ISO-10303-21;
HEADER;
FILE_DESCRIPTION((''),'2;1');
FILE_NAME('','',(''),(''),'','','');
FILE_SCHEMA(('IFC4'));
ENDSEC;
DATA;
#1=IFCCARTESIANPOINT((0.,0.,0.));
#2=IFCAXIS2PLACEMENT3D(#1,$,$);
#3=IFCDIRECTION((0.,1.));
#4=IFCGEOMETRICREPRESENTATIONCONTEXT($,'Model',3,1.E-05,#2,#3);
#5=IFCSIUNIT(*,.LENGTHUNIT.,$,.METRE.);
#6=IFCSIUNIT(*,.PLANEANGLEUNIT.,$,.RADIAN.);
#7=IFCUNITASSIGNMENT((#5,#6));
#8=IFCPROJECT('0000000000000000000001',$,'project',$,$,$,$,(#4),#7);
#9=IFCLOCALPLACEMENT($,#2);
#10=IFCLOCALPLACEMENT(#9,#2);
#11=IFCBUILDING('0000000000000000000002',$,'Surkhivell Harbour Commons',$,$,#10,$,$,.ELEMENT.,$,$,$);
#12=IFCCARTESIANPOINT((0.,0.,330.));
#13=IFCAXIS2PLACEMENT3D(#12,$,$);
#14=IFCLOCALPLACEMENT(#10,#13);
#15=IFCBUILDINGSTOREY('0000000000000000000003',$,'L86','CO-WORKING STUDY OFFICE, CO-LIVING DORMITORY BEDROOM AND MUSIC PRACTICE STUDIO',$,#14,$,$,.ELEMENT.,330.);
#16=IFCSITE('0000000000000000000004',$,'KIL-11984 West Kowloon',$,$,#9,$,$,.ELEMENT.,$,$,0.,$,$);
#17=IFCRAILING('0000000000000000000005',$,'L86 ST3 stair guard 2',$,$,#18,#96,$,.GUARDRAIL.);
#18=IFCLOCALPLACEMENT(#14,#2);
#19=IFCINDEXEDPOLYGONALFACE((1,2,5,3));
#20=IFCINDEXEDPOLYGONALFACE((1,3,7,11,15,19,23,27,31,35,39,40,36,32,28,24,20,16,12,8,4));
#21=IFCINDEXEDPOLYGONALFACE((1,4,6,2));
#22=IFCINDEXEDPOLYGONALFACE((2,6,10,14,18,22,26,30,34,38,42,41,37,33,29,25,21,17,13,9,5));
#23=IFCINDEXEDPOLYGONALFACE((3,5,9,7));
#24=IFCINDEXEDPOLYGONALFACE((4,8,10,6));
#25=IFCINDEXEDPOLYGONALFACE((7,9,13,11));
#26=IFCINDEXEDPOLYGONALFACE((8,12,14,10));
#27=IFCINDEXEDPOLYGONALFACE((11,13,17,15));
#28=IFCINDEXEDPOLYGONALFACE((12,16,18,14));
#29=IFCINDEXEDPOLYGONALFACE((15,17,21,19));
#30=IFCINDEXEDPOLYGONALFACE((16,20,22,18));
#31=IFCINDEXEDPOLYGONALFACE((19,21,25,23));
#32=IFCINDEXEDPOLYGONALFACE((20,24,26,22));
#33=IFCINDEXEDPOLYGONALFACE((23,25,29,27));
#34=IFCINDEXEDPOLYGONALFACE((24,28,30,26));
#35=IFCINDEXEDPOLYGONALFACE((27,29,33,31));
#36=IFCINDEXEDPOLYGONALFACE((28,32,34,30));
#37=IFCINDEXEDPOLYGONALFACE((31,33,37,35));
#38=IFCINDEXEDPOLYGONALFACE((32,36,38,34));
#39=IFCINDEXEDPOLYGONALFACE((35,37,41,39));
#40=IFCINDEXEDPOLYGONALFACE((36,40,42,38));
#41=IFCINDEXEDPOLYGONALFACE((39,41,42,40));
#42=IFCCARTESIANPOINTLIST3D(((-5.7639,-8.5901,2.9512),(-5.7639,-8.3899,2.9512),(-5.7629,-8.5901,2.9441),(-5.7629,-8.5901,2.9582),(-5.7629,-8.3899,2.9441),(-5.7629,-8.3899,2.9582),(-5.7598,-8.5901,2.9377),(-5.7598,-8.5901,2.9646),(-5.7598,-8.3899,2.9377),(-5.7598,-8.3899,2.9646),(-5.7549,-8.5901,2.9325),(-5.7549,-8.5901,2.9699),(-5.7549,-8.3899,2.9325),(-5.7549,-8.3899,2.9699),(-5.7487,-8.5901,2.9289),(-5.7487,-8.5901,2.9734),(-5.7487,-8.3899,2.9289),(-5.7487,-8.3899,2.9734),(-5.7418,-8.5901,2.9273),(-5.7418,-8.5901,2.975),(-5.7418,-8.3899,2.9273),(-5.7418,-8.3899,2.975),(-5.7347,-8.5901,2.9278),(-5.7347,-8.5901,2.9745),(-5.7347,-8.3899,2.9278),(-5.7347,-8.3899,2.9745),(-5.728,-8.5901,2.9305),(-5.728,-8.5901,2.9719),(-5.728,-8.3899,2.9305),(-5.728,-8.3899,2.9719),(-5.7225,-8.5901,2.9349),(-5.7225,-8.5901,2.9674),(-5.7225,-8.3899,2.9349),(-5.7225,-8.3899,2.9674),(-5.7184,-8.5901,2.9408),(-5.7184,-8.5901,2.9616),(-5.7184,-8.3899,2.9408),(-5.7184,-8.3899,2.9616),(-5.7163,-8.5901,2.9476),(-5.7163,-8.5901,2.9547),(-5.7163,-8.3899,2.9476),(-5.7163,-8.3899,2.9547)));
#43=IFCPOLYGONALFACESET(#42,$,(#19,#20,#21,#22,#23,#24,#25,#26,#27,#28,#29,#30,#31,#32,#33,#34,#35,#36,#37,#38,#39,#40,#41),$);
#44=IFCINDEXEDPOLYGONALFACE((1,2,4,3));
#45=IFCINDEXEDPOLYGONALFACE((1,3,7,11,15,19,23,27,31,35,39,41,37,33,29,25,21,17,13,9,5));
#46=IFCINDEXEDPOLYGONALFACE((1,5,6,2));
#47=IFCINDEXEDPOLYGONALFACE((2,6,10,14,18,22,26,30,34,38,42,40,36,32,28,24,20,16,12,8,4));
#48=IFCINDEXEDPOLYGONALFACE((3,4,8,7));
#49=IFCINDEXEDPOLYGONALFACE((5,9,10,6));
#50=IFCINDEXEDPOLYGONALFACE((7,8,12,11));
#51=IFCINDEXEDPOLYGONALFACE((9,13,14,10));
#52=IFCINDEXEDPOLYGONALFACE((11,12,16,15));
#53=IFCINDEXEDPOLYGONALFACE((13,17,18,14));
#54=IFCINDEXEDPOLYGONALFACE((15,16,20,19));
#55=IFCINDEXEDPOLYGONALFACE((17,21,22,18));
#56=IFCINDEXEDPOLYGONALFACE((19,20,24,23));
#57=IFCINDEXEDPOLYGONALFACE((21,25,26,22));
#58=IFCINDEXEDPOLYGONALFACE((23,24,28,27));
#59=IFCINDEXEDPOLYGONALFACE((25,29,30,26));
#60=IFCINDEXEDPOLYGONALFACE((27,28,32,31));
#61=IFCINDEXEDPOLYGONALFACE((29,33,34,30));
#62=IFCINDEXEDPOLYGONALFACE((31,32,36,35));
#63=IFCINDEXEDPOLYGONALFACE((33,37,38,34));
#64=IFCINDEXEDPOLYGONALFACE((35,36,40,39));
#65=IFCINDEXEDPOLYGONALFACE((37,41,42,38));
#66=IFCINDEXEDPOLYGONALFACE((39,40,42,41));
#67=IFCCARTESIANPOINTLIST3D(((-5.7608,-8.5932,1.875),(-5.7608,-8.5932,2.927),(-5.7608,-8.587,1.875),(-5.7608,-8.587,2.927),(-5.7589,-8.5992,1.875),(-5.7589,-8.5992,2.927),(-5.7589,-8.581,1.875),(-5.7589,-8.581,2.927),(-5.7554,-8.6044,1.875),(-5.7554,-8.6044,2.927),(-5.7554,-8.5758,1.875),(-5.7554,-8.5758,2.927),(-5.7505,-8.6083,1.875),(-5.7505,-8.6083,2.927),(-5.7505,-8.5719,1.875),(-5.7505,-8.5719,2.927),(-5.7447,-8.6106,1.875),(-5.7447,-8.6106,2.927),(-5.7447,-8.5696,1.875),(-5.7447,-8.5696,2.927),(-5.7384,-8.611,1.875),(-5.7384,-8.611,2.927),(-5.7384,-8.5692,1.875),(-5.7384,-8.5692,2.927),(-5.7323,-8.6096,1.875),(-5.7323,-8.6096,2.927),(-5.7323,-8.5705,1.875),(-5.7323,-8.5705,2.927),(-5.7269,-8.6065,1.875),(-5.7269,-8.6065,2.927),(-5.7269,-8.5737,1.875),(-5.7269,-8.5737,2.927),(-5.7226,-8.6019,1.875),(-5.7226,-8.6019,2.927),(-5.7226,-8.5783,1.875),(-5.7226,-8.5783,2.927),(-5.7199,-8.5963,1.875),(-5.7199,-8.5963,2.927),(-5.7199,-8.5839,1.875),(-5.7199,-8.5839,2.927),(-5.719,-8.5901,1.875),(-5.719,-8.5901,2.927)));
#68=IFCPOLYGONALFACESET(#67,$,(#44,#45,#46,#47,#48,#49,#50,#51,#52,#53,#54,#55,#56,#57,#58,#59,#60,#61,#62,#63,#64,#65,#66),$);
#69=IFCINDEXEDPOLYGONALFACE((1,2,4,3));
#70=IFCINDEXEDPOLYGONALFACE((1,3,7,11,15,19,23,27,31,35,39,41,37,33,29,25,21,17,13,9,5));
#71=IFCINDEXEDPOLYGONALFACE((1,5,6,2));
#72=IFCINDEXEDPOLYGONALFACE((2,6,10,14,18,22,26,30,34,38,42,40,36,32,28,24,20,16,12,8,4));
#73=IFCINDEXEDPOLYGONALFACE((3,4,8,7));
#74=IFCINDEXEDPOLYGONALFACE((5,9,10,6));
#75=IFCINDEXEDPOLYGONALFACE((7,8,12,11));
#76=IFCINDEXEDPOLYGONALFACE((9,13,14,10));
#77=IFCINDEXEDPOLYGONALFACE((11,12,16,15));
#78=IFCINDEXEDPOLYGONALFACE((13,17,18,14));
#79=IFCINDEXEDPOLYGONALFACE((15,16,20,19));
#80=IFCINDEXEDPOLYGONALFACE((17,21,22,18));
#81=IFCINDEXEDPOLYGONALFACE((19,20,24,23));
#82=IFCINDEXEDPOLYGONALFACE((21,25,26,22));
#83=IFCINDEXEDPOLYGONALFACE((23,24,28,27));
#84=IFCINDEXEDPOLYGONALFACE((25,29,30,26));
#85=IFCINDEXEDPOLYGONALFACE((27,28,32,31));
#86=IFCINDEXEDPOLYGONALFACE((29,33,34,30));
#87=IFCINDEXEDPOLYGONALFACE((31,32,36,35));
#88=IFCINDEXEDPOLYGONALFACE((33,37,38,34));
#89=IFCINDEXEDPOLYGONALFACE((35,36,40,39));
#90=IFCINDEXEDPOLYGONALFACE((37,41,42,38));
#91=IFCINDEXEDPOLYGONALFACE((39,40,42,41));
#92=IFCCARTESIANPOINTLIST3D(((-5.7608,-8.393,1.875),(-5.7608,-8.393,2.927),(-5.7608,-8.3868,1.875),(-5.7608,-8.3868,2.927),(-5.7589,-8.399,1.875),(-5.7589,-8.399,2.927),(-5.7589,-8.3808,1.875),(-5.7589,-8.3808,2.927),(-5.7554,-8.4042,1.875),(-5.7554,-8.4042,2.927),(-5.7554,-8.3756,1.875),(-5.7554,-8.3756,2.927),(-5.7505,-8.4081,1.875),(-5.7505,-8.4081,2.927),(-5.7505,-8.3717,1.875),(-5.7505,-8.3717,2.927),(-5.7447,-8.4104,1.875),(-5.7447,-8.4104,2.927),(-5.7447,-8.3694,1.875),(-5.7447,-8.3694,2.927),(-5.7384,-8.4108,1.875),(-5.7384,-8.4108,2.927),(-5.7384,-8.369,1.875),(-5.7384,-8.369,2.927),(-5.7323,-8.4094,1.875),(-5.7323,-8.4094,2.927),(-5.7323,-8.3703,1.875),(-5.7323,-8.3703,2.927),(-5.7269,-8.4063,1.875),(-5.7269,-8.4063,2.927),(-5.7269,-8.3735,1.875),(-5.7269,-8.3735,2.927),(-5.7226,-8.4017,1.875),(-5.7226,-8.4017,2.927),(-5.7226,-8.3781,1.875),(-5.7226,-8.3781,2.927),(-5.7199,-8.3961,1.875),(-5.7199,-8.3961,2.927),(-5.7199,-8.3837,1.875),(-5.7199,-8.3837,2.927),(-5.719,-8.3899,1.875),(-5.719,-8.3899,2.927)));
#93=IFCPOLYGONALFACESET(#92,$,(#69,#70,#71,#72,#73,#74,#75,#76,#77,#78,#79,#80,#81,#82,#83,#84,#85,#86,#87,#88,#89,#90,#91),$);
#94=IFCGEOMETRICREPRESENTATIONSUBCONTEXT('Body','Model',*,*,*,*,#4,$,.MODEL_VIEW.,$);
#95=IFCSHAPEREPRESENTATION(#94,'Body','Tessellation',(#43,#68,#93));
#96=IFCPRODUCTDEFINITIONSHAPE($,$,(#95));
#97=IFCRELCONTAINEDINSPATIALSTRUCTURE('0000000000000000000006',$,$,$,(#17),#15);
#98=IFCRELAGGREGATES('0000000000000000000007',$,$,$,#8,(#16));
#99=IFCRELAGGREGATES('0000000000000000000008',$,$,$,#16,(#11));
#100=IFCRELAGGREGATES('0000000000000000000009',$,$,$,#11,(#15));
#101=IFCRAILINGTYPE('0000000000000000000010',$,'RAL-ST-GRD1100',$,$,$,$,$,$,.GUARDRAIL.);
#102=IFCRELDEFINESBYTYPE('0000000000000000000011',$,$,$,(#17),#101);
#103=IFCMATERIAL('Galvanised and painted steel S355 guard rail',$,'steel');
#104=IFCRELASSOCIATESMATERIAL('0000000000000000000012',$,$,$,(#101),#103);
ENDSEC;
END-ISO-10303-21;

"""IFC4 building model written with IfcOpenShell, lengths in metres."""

from ifc_helpers import new_model, si_unit, direction, frame, origin, origin_2d, place, context, subcontext, project, spatial, circle, extrude, material, type_object, element, save


model = new_model("IFC4")

# Units and contexts
model_context = context("Model", 3, precision=1e-05, world=origin(), true_north=direction((0.0, 1.0)))
body_context = subcontext(model_context, "Body", "Model", "MODEL_VIEW")
ifc_project = project(units=[si_unit("LENGTHUNIT", "METRE"), si_unit("PLANEANGLEUNIT", "RADIAN")], contexts=[model_context])

# Site, building, storey
site_placement = place(None, origin())
site = spatial("IfcSite", under=ifc_project, at=site_placement, Name="KIL-11984 West Kowloon", CompositionType="ELEMENT", RefElevation=0.0)
building_placement = place(site_placement, origin())
building = spatial("IfcBuilding", under=site, at=building_placement, Name="Surkhivell Harbour Commons", CompositionType="ELEMENT")
storey_placement = place(building_placement, frame((0.0, 0.0, 330.0)))
storey = spatial("IfcBuildingStorey", under=building, at=storey_placement, Name="L86", Description="CO-WORKING STUDY OFFICE, CO-LIVING DORMITORY BEDROOM AND MUSIC PRACTICE STUDIO", CompositionType="ELEMENT", Elevation=330.0)

# Railing
ifc_material_1 = material(Name="Galvanised and painted steel S355 guard rail", Category="steel")
railing_type_1 = type_object("IfcRailingType", Name="RAL-ST-GRD1100", PredefinedType="GUARDRAIL", material=ifc_material_1)
railing_1_placement = place(storey_placement, frame((-5.74, -8.5901, 1.875)))
element("IfcRailing", 1, at=railing_1_placement, inside=storey, type_object=railing_type_1, Name="L86 ST3 stair guard 2", PredefinedType="GUARDRAIL", context=body_context, shape_type="SweptSolid", body=[
    extrude(circle(Radius=0.0239, at=origin_2d()), frame((0.0, 0.0, 1.0762), z_axis=(0.0, 1.0, 0.0), x_axis=(-1.0, 0.0, 0.0)), (0.0, 0.0, 1.0), 0.2002),
    extrude(circle(Radius=0.021, at=origin_2d()), origin(), (0.0, 0.0, 1.0), 1.052),
    extrude(circle(Radius=0.021, at=origin_2d()), frame((0.0, 0.2002, 0.0)), (0.0, 0.0, 1.0), 1.052),
])

save(model, "model.ifc")
